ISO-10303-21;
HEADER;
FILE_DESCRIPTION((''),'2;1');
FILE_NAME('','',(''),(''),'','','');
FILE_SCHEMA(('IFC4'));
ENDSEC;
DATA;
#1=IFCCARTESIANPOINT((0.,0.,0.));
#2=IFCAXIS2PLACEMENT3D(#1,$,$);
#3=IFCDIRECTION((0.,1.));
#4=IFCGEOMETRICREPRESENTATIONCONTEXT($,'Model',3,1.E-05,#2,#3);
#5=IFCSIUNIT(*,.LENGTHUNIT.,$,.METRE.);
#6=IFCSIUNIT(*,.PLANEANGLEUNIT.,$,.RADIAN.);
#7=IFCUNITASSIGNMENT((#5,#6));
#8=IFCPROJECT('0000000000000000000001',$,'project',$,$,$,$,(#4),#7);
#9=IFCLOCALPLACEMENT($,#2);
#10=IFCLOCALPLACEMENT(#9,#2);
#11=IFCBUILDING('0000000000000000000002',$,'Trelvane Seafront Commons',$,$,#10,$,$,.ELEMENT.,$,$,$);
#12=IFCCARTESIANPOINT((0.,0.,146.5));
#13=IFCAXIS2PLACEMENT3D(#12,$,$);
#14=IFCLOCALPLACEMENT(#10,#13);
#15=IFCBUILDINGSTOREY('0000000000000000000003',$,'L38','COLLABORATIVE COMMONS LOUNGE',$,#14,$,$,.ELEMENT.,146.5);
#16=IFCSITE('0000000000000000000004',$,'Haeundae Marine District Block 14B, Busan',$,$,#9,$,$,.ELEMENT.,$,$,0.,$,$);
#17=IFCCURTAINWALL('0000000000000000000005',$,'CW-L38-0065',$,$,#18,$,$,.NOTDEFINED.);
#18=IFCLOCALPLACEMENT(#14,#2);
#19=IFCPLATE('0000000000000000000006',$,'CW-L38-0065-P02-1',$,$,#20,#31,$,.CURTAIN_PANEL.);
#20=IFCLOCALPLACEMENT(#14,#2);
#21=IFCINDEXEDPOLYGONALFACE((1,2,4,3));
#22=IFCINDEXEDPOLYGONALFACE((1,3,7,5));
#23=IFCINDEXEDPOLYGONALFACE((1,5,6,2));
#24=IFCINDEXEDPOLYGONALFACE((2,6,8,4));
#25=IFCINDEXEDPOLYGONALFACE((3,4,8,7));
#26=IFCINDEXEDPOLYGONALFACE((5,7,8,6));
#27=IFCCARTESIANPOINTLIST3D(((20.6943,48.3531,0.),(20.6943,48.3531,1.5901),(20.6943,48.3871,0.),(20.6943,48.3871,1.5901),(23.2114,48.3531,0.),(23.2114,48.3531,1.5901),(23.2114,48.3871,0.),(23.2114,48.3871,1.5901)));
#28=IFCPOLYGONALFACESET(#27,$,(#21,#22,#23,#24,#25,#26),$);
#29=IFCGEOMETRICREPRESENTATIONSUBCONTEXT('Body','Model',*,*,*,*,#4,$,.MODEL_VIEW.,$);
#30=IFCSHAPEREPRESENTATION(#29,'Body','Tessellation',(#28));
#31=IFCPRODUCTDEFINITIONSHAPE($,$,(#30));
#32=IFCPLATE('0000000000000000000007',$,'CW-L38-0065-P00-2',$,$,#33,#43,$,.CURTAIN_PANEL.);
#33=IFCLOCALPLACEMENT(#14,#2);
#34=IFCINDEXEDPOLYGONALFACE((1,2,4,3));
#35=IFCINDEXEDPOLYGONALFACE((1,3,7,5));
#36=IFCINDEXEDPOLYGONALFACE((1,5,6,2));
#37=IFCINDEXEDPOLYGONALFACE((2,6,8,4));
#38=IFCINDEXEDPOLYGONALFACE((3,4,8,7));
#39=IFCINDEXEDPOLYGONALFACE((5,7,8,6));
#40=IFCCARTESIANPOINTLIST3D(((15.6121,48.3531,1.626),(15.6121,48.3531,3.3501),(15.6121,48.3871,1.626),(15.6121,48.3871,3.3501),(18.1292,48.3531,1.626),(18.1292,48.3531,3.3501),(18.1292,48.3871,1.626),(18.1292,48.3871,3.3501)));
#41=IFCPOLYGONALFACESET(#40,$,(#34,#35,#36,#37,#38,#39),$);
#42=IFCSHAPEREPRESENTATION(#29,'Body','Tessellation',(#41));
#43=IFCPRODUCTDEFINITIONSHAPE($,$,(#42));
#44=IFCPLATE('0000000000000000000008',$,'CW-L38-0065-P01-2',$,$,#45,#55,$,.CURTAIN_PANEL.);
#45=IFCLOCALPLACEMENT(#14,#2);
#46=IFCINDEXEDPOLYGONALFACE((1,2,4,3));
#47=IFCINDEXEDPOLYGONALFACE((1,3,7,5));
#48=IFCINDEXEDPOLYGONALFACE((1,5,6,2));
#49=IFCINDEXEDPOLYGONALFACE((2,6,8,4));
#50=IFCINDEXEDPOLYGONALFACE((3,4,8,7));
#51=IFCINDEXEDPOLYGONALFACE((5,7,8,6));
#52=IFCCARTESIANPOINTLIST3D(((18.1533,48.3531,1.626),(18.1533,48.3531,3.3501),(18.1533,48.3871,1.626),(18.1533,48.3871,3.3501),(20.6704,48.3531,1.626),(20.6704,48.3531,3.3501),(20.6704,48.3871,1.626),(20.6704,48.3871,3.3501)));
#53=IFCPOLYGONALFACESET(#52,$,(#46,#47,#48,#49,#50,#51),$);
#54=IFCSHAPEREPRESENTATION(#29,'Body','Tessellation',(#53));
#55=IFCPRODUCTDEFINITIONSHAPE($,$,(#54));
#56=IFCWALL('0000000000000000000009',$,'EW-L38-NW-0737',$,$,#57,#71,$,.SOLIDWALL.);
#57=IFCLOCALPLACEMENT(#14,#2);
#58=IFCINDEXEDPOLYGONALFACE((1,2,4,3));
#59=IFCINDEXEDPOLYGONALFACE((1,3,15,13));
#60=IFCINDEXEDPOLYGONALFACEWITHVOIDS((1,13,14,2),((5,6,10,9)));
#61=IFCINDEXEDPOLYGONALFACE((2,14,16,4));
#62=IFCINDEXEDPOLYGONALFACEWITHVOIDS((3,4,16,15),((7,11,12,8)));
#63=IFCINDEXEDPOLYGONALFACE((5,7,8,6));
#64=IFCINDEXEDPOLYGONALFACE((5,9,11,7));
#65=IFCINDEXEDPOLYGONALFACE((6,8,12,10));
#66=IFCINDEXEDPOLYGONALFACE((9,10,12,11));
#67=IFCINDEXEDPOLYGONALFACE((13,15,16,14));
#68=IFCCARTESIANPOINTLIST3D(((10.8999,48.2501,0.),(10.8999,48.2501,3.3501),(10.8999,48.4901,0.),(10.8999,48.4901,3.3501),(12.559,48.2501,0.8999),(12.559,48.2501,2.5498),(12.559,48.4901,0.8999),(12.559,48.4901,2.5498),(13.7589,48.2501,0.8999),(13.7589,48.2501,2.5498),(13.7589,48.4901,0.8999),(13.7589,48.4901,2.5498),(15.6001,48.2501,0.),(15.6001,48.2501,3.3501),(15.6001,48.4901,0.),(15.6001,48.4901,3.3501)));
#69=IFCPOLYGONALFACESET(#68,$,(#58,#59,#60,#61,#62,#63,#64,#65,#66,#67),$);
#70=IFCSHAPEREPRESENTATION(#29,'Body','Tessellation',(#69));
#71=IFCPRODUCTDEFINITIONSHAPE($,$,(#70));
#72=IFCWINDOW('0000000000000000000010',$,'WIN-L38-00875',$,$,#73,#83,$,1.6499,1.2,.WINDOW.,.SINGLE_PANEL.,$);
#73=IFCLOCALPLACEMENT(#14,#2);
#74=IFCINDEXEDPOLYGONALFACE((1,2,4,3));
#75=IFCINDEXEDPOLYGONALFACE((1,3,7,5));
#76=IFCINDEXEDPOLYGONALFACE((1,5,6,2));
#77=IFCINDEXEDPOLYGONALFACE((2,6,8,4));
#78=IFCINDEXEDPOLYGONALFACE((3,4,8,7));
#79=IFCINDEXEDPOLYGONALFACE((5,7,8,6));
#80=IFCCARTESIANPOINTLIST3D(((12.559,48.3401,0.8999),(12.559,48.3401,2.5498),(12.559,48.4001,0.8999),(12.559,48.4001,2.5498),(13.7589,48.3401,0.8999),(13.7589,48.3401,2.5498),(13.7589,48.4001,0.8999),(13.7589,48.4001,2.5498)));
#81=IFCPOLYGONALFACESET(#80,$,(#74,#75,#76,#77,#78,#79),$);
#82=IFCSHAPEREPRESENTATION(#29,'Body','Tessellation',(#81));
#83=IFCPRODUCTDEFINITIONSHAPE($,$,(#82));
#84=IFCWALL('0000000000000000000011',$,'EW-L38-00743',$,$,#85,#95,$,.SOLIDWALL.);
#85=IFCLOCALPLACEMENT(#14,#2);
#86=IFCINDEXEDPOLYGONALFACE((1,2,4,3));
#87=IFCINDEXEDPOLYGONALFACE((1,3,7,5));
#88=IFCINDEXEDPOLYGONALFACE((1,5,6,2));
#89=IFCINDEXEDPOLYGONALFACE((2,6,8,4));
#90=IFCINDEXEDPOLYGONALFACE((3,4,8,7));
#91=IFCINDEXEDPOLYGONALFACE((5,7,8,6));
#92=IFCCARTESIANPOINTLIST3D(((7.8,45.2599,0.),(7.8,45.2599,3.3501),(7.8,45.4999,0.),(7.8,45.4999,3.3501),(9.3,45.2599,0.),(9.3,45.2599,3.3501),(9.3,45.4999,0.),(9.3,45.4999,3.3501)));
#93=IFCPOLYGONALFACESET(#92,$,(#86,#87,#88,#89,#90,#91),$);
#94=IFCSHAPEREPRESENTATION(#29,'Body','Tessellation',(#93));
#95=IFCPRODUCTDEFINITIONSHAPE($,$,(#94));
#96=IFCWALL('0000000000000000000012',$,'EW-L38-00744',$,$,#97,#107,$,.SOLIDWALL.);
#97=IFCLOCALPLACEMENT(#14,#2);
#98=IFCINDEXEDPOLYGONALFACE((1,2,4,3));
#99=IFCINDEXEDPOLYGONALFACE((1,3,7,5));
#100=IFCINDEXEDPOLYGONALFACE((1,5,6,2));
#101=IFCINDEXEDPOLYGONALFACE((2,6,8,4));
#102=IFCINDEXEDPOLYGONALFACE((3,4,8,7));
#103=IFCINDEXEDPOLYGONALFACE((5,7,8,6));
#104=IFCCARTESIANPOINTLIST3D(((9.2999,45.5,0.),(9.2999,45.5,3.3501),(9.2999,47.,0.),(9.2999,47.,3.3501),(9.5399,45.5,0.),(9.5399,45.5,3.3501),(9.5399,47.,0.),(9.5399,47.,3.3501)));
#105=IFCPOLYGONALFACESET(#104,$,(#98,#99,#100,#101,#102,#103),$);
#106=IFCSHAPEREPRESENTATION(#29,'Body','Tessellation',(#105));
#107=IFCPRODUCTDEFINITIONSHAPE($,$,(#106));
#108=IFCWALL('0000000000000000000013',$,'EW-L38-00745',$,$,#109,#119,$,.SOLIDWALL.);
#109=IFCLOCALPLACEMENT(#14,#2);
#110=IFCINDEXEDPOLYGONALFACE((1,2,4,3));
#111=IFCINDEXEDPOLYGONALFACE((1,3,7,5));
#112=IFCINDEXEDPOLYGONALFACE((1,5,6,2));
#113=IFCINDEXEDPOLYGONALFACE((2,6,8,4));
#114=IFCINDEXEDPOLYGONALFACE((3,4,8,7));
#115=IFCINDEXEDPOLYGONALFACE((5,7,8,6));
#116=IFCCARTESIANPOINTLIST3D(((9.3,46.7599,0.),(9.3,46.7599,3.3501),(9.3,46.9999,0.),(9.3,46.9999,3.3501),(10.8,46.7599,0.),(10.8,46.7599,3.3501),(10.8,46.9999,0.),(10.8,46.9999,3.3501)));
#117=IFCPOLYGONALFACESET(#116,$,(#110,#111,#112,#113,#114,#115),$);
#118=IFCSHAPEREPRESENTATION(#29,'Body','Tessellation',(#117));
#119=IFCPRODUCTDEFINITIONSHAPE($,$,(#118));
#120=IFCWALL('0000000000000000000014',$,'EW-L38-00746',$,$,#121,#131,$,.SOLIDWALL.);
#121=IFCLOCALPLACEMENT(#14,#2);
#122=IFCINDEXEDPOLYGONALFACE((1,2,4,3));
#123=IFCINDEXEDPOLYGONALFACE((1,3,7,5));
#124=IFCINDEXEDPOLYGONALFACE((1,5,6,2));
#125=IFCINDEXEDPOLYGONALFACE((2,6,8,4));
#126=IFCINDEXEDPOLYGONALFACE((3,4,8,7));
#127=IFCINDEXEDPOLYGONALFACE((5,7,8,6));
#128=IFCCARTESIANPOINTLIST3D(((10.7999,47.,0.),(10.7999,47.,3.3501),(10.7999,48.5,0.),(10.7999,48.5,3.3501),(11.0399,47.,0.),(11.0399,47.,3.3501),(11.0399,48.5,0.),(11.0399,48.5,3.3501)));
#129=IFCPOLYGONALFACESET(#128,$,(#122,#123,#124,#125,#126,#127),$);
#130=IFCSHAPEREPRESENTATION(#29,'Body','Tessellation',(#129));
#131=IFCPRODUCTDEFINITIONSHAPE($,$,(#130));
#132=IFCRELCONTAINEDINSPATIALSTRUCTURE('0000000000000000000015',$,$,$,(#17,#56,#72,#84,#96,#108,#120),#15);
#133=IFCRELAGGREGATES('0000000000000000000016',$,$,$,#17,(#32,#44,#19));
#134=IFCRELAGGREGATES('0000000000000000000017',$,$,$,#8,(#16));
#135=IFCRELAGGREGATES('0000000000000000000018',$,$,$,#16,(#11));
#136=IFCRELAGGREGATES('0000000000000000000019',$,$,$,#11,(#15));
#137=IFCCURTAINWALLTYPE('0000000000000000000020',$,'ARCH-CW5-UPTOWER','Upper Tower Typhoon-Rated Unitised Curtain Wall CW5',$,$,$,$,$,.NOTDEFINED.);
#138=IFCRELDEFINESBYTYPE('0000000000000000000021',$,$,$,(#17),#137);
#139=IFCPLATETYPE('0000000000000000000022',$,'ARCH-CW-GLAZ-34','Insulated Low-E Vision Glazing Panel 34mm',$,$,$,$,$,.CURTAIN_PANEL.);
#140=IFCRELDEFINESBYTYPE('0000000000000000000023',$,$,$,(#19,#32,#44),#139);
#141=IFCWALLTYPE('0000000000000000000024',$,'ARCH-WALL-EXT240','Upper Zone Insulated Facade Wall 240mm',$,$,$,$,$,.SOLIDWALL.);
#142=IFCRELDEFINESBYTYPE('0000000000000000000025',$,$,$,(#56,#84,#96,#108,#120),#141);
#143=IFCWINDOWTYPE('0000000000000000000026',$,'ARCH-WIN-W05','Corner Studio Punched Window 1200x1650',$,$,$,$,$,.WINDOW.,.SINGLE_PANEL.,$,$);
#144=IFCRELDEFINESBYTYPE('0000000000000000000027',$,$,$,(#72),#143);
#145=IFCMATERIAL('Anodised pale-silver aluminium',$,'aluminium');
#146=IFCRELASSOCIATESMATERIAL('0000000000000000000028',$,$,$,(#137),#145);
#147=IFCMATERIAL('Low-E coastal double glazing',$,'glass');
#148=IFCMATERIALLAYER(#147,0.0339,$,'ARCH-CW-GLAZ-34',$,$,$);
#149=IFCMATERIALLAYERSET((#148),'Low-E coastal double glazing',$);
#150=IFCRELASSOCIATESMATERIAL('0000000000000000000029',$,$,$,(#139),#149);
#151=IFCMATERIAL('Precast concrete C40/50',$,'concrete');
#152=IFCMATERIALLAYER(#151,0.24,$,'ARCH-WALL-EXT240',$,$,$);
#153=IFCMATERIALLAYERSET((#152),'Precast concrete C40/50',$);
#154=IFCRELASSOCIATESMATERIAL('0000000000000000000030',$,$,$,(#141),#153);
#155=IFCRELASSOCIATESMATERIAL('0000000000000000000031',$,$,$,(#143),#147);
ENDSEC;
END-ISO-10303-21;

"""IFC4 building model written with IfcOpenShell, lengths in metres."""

from ifc_helpers import new_model, si_unit, direction, frame, frame_2d, origin, origin_2d, place, context, subcontext, project, spatial, rectangle, extrude, source, transform, mapped, material, layer, layer_set, type_object, element, fill, aggregate, save


model = new_model("IFC4")

# Units and contexts
model_context = context("Model", 3, precision=1e-05, world=origin(), true_north=direction((0.0, 1.0)))
body_context = subcontext(model_context, "Body", "Model", "MODEL_VIEW")
ifc_project = project(units=[si_unit("LENGTHUNIT", "METRE"), si_unit("PLANEANGLEUNIT", "RADIAN")], contexts=[model_context])

# Site, building, storey
site_placement = place(None, origin())
site = spatial("IfcSite", under=ifc_project, at=site_placement, Name="Haeundae Marine District Block 14B, Busan", CompositionType="ELEMENT", RefElevation=0.0)
building_placement = place(site_placement, origin())
building = spatial("IfcBuilding", under=site, at=building_placement, Name="Trelvane Seafront Commons", CompositionType="ELEMENT")
storey_placement = place(building_placement, frame((0.0, 0.0, 146.5)))
storey = spatial("IfcBuildingStorey", under=building, at=storey_placement, Name="L38", Description="COLLABORATIVE COMMONS LOUNGE", CompositionType="ELEMENT", Elevation=146.5)

# Curtain wall
ifc_material_1 = material(Name="Anodised pale-silver aluminium", Category="aluminium")
curtain_wall_type = type_object("IfcCurtainWallType", Name="ARCH-CW5-UPTOWER", Description="Upper Tower Typhoon-Rated Unitised Curtain Wall CW5", PredefinedType="NOTDEFINED", material=ifc_material_1)
curtain_wall_placement = place(storey_placement, origin())
curtain_wall = element("IfcCurtainWall", 1, at=curtain_wall_placement, inside=storey, type_object=curtain_wall_type, Name="CW-L38-0065", PredefinedType="NOTDEFINED")

# Plates
ifc_material_2 = material(Name="Low-E coastal double glazing", Category="glass")
ifc_layer_1 = layer(ifc_material_2, 0.0339, Name="ARCH-CW-GLAZ-34")
ifc_layer_set_1 = layer_set([ifc_layer_1], Name="Low-E coastal double glazing")
plate_type_1 = type_object("IfcPlateType", Name="ARCH-CW-GLAZ-34", Description="Insulated Low-E Vision Glazing Panel 34mm", PredefinedType="CURTAIN_PANEL", material=ifc_layer_set_1)
shared_shape_1 = source(origin(), body_context, "Body", "SweptSolid", [
    extrude(rectangle(XDim=2.5171, YDim=0.0339, at=origin_2d()), origin(), (0.0, 0.0, 1.0), 1.5901),
])
plate_1_placement = place(storey_placement, frame((21.9529, 48.3701, 0.0), z_axis=(0.0, 0.0, 1.0), x_axis=(1.0, 0.0, 0.0)))
plate_1 = element("IfcPlate", 2, at=plate_1_placement, type_object=plate_type_1, Name="CW-L38-0065-P02-1", PredefinedType="CURTAIN_PANEL", context=body_context, shape_type="MappedRepresentation", body=[
    mapped(shared_shape_1, transform((0.0, 0.0, 0.0), x_axis=(1.0, 0.0, 0.0), y_axis=(0.0, 1.0, 0.0), z_axis=(0.0, 0.0, 1.0), scale=1.0)),
])
shared_shape_2 = source(origin(), body_context, "Body", "SweptSolid", [
    extrude(rectangle(XDim=2.5171, YDim=0.0339, at=origin_2d()), origin(), (0.0, 0.0, 1.0), 1.7241),
])
plate_2_placement = place(storey_placement, frame((16.8706, 48.3701, 1.626), z_axis=(0.0, 0.0, 1.0), x_axis=(1.0, 0.0, 0.0)))
plate_2 = element("IfcPlate", 3, at=plate_2_placement, type_object=plate_type_1, Name="CW-L38-0065-P00-2", PredefinedType="CURTAIN_PANEL", context=body_context, shape_type="MappedRepresentation", body=[
    mapped(shared_shape_2, transform((0.0, 0.0, 0.0), x_axis=(1.0, 0.0, 0.0), y_axis=(0.0, 1.0, 0.0), z_axis=(0.0, 0.0, 1.0), scale=1.0)),
])
plate_3_placement = place(storey_placement, frame((19.4119, 48.3701, 1.626), z_axis=(0.0, 0.0, 1.0), x_axis=(1.0, 0.0, 0.0)))
plate_3 = element("IfcPlate", 4, at=plate_3_placement, type_object=plate_type_1, Name="CW-L38-0065-P01-2", PredefinedType="CURTAIN_PANEL", context=body_context, shape_type="MappedRepresentation", body=[
    mapped(shared_shape_2, transform((0.0, 0.0, 0.0), x_axis=(1.0, 0.0, 0.0), y_axis=(0.0, 1.0, 0.0), z_axis=(0.0, 0.0, 1.0), scale=1.0)),
])
aggregate(curtain_wall, [plate_2, plate_3, plate_1])

# Wall, opening, window
ifc_material_3 = material(Name="Precast concrete C40/50", Category="concrete")
ifc_layer_2 = layer(ifc_material_3, 0.24, Name="ARCH-WALL-EXT240")
ifc_layer_set_2 = layer_set([ifc_layer_2], Name="Precast concrete C40/50")
wall_type = type_object("IfcWallType", Name="ARCH-WALL-EXT240", Description="Upper Zone Insulated Facade Wall 240mm", PredefinedType="SOLIDWALL", material=ifc_layer_set_2)
wall_placement = place(storey_placement, frame((10.8999, 48.3701, 0.0), z_axis=(0.0, 0.0, 1.0), x_axis=(1.0, 0.0, 0.0)))
wall = element("IfcWall", 5, at=wall_placement, inside=storey, type_object=wall_type, Name="EW-L38-NW-0737", PredefinedType="SOLIDWALL", context=body_context, shape_type="SweptSolid", body=[
    extrude(rectangle(XDim=4.7002, YDim=0.24, at=frame_2d((2.3501, 0.0))), origin(), (0.0, 0.0, 1.0), 3.3501),
])
opening_placement = place(wall_placement, frame((1.6589, 0.0, 0.8999)))
opening = element("IfcOpeningElement", 6, at=opening_placement, cuts=wall, PredefinedType="OPENING", context=body_context, shape_type="SweptSolid", body=[
    extrude(rectangle(XDim=1.2, YDim=1.6499, at=frame_2d((0.6001, 0.825))), frame((0.0, 0.1299, 0.0), z_axis=(0.0, -1.0, 0.0), x_axis=(1.0, 0.0, 0.0)), (0.0, 0.0, 1.0), 0.26),
])
window_type = type_object("IfcWindowType", Name="ARCH-WIN-W05", Description="Corner Studio Punched Window 1200x1650", PartitioningType="SINGLE_PANEL", PredefinedType="WINDOW", material=ifc_material_2)
shared_shape_3 = source(origin(), body_context, "Body", "SweptSolid", [
    extrude(rectangle(XDim=1.2, YDim=1.6499, at=frame_2d((0.6001, 0.825))), frame((0.0, 0.03, 0.0), z_axis=(0.0, -1.0, 0.0), x_axis=(1.0, 0.0, 0.0)), (0.0, 0.0, 1.0), 0.0601),
])
window_placement = place(opening_placement, origin())
window = element("IfcWindow", 7, at=window_placement, inside=storey, type_object=window_type, Name="WIN-L38-00875", OverallHeight=1.6499, OverallWidth=1.2, PartitioningType="SINGLE_PANEL", PredefinedType="WINDOW", context=body_context, shape_type="MappedRepresentation", body=[
    mapped(shared_shape_3, transform((0.0, 0.0, 0.0), x_axis=(1.0, 0.0, 0.0), y_axis=(0.0, 1.0, 0.0), z_axis=(0.0, 0.0, 1.0), scale=1.0)),
])
fill(opening, window)

# Walls
for number, where, z_axis, x_axis, name in (
    (8, (7.8, 45.3799, 0.0), (0.0, 0.0, 1.0), (1.0, 0.0, 0.0), "EW-L38-00743"),
    (9, (9.4199, 45.5, 0.0), (0.0, 0.0, 1.0), (0.0, 1.0, 0.0), "EW-L38-00744"),
    (10, (9.3, 46.8799, 0.0), (0.0, 0.0, 1.0), (1.0, 0.0, 0.0), "EW-L38-00745"),
    (11, (10.9199, 47.0, 0.0), (0.0, 0.0, 1.0), (0.0, 1.0, 0.0), "EW-L38-00746"),
):
    element("IfcWall", number, at=place(storey_placement, frame(where, z_axis=z_axis, x_axis=x_axis)), inside=storey, type_object=wall_type, Name=name, PredefinedType="SOLIDWALL", context=body_context, shape_type="SweptSolid", body=[
        extrude(rectangle(XDim=1.5, YDim=0.24, at=frame_2d((0.75, 0.0))), origin(), (0.0, 0.0, 1.0), 3.3501),
    ])

save(model, "model.ifc")
